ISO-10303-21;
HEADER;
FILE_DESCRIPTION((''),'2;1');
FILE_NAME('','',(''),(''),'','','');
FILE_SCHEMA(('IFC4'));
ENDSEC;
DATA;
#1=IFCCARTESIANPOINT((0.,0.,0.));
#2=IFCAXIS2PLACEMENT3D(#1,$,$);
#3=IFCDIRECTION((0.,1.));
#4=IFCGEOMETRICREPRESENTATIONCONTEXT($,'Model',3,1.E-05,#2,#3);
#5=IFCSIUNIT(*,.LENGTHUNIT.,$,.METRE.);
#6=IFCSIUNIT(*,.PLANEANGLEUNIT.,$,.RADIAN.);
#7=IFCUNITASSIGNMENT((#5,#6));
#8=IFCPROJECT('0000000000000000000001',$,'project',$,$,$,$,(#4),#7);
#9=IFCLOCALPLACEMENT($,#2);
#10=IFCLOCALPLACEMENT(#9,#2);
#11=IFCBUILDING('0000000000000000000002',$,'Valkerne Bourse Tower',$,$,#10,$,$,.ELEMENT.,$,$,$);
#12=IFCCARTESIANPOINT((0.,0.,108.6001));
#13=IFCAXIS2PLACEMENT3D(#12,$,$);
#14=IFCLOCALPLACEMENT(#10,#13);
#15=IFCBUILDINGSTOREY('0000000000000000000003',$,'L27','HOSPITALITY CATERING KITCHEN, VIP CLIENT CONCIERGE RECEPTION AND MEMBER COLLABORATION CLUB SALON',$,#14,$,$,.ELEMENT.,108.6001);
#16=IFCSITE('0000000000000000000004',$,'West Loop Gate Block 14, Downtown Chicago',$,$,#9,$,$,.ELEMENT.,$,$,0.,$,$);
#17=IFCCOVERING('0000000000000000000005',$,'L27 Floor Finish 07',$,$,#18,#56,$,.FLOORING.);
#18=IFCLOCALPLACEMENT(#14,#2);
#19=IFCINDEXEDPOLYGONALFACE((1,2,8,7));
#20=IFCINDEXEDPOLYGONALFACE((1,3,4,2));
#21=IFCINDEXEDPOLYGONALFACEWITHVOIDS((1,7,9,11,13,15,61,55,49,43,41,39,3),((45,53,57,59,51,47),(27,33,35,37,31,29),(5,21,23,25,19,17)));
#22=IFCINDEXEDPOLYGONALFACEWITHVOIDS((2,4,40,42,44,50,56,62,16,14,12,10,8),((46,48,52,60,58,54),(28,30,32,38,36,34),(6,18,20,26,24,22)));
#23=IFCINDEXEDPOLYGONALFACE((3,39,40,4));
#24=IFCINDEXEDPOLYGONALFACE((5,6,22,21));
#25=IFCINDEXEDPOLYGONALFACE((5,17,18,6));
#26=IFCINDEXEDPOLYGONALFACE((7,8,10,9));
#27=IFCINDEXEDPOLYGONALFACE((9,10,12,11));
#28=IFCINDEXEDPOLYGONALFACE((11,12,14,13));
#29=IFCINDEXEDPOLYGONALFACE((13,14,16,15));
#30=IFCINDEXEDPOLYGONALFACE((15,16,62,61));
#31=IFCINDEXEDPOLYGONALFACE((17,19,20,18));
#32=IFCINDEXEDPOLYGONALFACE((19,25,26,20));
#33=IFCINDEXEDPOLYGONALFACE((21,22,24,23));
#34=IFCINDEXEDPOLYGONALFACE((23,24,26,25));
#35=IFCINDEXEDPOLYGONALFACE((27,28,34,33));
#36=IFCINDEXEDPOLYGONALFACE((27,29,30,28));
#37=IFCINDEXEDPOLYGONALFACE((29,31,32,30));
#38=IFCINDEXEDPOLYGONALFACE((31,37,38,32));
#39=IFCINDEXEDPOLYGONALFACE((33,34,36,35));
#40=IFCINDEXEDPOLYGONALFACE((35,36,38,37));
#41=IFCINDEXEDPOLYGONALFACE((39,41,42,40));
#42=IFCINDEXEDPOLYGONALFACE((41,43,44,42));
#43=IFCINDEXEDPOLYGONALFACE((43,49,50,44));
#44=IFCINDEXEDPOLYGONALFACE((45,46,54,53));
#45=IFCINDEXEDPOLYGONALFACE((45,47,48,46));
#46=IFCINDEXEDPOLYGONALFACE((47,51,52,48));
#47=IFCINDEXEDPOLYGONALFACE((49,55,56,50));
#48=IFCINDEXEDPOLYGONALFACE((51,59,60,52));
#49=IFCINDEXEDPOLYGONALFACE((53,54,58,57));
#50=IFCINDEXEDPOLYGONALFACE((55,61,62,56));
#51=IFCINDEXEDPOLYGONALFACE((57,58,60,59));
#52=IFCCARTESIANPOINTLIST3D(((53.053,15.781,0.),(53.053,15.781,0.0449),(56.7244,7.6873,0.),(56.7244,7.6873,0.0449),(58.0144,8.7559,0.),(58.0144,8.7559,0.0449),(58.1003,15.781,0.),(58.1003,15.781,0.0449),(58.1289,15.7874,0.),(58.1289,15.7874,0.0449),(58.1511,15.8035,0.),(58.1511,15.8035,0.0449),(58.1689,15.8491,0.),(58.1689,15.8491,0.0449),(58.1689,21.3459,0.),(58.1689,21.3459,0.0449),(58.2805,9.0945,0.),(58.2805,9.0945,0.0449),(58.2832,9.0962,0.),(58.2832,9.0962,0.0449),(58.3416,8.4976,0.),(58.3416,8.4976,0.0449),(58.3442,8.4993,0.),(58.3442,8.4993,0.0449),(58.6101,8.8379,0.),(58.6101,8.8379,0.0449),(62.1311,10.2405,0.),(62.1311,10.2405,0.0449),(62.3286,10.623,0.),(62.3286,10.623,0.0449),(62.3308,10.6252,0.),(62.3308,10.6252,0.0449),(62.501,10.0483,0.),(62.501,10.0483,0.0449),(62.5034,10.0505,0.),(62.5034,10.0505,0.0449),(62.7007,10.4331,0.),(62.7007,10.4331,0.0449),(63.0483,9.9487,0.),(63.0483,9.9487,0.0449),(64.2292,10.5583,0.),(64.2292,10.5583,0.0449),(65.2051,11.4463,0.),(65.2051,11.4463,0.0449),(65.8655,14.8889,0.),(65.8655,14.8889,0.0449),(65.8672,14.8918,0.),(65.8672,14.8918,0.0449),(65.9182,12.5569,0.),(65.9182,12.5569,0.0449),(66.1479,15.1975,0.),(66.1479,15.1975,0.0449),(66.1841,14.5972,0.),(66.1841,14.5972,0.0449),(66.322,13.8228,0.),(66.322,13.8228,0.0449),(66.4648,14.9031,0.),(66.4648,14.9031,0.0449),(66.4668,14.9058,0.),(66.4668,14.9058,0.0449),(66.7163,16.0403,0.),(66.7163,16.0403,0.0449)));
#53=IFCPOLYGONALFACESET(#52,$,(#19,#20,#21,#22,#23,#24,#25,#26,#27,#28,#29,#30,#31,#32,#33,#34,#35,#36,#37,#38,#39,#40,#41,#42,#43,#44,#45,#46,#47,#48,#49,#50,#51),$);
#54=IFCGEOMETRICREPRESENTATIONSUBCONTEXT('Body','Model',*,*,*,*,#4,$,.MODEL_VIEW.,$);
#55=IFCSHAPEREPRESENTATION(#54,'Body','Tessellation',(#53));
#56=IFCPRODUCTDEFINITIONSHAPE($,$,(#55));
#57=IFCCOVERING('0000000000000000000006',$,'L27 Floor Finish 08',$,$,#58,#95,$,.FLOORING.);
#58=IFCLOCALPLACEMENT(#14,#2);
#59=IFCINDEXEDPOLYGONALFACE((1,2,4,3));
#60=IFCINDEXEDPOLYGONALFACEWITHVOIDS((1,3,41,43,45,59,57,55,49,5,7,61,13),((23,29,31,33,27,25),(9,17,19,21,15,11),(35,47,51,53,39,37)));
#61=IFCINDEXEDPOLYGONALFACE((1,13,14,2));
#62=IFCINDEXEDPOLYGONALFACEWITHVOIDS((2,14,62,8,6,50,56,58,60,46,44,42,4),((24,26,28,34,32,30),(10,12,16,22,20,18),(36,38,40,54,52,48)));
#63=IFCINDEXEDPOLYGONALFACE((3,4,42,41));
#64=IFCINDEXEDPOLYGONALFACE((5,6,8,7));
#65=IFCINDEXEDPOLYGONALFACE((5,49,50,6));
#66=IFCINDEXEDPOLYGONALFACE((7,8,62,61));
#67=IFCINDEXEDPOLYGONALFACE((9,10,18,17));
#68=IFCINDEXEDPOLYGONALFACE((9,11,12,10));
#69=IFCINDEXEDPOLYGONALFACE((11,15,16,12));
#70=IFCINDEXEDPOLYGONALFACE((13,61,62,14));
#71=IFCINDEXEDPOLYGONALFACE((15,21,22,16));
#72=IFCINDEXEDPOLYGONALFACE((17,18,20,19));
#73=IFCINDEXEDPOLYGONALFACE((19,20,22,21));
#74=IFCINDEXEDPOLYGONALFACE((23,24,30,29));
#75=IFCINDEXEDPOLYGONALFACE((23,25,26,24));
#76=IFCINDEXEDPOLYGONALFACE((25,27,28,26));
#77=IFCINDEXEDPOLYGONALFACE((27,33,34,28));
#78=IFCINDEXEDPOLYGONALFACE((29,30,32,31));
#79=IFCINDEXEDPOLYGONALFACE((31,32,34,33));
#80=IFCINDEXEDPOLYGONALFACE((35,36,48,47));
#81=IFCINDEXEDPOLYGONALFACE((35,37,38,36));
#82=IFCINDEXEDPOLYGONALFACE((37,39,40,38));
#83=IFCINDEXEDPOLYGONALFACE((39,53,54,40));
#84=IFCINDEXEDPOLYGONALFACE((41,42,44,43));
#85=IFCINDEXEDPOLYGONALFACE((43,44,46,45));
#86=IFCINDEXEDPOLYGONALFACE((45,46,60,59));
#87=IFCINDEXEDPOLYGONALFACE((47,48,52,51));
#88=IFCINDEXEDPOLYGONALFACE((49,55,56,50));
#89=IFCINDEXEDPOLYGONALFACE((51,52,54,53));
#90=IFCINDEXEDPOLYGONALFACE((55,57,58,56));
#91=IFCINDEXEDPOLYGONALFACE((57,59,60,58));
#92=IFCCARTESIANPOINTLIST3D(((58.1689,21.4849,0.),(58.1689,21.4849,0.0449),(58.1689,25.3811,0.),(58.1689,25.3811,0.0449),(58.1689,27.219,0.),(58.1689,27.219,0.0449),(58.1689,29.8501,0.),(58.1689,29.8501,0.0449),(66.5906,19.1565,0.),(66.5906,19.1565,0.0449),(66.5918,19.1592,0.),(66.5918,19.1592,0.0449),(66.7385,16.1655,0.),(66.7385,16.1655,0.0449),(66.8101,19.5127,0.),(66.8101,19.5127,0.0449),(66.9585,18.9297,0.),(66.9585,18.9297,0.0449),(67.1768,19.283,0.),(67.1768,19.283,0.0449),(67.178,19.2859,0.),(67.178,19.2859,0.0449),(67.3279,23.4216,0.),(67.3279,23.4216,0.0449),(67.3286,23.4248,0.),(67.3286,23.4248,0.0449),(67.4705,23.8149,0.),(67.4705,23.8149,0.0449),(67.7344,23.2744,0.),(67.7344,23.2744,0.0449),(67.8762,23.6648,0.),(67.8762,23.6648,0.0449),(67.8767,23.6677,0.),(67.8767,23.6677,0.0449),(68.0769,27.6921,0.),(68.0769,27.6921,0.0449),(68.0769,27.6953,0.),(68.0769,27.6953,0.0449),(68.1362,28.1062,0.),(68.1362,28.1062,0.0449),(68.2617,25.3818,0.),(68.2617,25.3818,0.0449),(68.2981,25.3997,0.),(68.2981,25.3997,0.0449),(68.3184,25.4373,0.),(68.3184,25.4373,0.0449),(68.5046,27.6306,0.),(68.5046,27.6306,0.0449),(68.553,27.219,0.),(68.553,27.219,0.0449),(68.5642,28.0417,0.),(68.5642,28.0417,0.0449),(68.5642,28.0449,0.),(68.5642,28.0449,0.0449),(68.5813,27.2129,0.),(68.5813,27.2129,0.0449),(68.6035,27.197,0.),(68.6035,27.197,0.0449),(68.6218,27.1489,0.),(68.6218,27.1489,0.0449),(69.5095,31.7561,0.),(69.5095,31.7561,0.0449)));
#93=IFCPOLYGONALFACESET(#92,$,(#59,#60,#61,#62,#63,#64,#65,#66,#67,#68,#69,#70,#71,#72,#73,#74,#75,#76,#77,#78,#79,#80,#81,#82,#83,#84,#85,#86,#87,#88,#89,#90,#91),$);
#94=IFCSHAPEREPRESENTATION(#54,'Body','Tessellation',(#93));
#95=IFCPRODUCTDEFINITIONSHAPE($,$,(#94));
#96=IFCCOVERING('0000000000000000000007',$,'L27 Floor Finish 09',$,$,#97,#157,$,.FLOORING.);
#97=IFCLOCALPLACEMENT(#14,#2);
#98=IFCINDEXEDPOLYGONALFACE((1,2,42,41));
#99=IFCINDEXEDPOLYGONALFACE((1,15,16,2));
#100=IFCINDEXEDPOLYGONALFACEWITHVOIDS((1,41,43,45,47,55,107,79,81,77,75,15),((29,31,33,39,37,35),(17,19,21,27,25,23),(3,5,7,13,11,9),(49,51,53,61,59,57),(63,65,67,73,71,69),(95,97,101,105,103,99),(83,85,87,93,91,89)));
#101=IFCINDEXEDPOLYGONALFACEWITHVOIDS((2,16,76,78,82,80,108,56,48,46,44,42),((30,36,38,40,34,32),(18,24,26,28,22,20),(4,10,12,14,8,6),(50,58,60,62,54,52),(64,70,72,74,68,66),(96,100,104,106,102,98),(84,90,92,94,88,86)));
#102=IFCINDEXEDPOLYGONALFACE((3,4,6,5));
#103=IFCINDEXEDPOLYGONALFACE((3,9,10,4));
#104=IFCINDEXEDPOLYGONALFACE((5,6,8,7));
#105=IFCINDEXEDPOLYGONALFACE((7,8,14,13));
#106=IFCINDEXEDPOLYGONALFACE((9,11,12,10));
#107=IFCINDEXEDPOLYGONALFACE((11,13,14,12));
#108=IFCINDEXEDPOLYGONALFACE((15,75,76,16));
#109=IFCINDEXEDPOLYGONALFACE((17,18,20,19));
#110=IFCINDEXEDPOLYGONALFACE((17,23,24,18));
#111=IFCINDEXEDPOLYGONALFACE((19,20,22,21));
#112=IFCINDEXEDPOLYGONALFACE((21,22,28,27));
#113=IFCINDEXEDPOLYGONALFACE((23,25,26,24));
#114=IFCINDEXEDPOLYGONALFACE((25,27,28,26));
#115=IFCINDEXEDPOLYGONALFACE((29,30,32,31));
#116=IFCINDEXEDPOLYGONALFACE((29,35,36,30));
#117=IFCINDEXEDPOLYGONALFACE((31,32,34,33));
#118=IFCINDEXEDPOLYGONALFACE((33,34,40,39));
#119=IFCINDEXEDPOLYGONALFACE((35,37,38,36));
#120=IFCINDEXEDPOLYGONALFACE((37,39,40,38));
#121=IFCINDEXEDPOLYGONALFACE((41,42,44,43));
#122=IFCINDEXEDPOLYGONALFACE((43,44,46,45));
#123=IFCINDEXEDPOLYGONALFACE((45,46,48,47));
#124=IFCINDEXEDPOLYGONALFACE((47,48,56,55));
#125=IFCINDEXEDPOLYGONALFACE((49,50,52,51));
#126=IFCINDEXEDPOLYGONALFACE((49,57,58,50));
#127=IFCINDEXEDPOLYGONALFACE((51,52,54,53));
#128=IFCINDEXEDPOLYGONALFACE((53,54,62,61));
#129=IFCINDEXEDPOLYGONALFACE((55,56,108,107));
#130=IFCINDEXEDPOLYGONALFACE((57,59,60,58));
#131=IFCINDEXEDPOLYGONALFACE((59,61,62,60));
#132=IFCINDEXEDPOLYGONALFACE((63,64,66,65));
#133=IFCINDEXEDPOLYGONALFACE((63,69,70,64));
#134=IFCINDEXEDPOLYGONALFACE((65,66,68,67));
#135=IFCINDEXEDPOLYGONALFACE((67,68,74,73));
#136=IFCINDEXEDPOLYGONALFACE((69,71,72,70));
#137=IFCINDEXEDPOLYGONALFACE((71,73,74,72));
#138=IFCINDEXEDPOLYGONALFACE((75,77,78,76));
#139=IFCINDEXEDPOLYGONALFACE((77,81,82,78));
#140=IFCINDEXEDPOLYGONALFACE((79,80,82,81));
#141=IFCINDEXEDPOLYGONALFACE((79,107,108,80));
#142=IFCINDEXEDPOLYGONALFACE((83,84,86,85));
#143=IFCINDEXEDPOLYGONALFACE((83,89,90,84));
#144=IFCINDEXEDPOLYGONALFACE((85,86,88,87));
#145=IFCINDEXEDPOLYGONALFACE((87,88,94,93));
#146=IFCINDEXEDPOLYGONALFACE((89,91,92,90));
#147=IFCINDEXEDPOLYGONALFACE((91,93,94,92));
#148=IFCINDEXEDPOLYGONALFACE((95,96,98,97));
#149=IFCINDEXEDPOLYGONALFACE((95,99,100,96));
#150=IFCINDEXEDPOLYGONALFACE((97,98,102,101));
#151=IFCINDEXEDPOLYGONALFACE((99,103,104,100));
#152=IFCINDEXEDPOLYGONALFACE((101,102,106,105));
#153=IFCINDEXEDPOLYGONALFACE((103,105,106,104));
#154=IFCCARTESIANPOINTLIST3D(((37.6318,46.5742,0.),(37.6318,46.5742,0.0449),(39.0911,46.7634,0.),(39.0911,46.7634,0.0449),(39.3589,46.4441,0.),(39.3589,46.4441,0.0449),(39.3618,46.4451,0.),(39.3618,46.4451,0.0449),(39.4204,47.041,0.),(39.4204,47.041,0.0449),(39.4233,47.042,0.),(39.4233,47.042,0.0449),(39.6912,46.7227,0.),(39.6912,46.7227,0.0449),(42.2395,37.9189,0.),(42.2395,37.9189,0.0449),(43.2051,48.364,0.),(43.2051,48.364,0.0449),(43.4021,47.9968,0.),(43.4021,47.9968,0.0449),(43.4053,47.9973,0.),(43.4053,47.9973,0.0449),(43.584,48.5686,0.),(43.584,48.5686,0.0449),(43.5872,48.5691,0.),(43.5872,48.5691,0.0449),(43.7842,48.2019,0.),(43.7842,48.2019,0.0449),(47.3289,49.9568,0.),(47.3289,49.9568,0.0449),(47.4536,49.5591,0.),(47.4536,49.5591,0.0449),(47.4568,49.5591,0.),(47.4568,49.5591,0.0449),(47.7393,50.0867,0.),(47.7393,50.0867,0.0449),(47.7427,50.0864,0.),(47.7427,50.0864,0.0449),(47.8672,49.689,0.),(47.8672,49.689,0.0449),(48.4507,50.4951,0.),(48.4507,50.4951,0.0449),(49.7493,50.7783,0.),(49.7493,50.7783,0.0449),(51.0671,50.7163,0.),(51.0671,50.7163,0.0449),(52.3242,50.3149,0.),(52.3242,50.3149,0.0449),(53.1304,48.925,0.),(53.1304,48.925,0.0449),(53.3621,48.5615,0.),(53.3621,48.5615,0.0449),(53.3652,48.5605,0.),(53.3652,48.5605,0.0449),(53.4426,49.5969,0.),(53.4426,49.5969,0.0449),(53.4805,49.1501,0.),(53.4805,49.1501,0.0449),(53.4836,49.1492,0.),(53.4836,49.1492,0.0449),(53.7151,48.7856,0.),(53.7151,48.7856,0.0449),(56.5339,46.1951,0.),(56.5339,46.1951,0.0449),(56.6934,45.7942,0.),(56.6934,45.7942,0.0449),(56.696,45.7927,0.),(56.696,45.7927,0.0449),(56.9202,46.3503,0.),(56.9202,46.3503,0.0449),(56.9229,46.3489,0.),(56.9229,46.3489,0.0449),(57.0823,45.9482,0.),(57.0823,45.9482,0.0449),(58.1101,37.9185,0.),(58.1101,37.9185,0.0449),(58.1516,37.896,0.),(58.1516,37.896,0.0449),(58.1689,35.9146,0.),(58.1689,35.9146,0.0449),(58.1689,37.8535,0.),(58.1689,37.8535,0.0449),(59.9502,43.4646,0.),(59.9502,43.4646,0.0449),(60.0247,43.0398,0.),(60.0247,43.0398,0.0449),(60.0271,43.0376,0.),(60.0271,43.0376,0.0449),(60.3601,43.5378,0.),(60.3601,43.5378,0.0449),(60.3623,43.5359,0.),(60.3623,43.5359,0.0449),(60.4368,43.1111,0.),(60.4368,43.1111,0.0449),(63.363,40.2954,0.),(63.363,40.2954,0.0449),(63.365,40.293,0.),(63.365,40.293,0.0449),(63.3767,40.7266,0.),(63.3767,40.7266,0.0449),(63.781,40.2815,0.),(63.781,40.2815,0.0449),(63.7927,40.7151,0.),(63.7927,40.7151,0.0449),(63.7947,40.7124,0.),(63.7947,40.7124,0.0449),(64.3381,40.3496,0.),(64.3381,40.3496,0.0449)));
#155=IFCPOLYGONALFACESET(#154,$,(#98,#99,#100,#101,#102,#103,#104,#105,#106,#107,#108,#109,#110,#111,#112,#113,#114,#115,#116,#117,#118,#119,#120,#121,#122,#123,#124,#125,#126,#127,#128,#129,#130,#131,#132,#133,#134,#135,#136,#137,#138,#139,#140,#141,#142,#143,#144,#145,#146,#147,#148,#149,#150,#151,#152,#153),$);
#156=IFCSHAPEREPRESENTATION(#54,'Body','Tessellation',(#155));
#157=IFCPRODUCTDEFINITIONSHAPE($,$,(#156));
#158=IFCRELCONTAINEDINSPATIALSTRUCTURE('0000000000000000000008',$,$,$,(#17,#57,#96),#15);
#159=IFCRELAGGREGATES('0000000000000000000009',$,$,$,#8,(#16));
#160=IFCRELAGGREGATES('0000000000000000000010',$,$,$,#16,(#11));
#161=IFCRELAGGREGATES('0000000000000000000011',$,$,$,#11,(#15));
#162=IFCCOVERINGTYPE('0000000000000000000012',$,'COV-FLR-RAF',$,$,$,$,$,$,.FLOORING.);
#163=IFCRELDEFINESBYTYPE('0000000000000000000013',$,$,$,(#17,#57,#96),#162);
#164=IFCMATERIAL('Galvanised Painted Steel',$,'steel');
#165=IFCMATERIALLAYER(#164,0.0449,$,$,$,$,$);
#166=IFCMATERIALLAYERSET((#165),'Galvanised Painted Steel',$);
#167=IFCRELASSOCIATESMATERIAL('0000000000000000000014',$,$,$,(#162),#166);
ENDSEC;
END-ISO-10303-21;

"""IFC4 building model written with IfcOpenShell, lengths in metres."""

from ifc_helpers import new_model, si_unit, direction, frame, origin, place, context, subcontext, project, spatial, polyline, outline, extrude, material, layer, layer_set, type_object, element, save


model = new_model("IFC4")

# Units and contexts
model_context = context("Model", 3, precision=1e-05, world=origin(), true_north=direction((0.0, 1.0)))
body_context = subcontext(model_context, "Body", "Model", "MODEL_VIEW")
ifc_project = project(units=[si_unit("LENGTHUNIT", "METRE"), si_unit("PLANEANGLEUNIT", "RADIAN")], contexts=[model_context])

# Site, building, storey
site_placement = place(None, origin())
site = spatial("IfcSite", under=ifc_project, at=site_placement, Name="West Loop Gate Block 14, Downtown Chicago", CompositionType="ELEMENT", RefElevation=0.0)
building_placement = place(site_placement, origin())
building = spatial("IfcBuilding", under=site, at=building_placement, Name="Valkerne Bourse Tower", CompositionType="ELEMENT")
storey_placement = place(building_placement, frame((0.0, 0.0, 108.6001)))
storey = spatial("IfcBuildingStorey", under=building, at=storey_placement, Name="L27", Description="HOSPITALITY CATERING KITCHEN, VIP CLIENT CONCIERGE RECEPTION AND MEMBER COLLABORATION CLUB SALON", CompositionType="ELEMENT", Elevation=108.6001)

# Coverings
ifc_material_1 = material(Name="Galvanised Painted Steel", Category="steel")
ifc_layer_1 = layer(ifc_material_1, 0.0449)
ifc_layer_set_1 = layer_set([ifc_layer_1], Name="Galvanised Painted Steel")
covering_type_1 = type_object("IfcCoveringType", Name="COV-FLR-RAF", PredefinedType="FLOORING", material=ifc_layer_set_1)
covering_1_placement = place(storey_placement, origin())
element("IfcCovering", 1, at=covering_1_placement, inside=storey, type_object=covering_type_1, Name="L27 Floor Finish 07", PredefinedType="FLOORING", context=body_context, shape_type="SweptSolid", body=[
    extrude(outline(polyline([(64.2292, 10.5583), (63.0483, 9.9487), (56.7244, 7.6873), (53.053, 15.781), (58.1003, 15.781), (58.1289, 15.7874), (58.1511, 15.8035), (58.1689, 15.8491), (58.1689, 21.3459), (66.7163, 16.0403), (66.322, 13.8228), (65.9182, 12.5569), (65.2051, 11.4463), (64.2292, 10.5583)]), holes=[polyline([(58.3442, 8.4993), (58.6101, 8.8379), (58.2832, 9.0962), (58.2805, 9.0945), (58.0144, 8.7559), (58.3416, 8.4976), (58.3442, 8.4993)]), polyline([(62.5034, 10.0505), (62.7007, 10.4331), (62.3308, 10.6252), (62.3286, 10.623), (62.1311, 10.2405), (62.501, 10.0483), (62.5034, 10.0505)]), polyline([(66.4668, 14.9058), (66.1479, 15.1975), (65.8672, 14.8918), (65.8655, 14.8889), (66.1841, 14.5972), (66.4648, 14.9031), (66.4668, 14.9058)])]), origin(), (0.0, 0.0, 1.0), 0.0449),
])
covering_2_placement = place(storey_placement, origin())
element("IfcCovering", 2, at=covering_2_placement, inside=storey, type_object=covering_type_1, Name="L27 Floor Finish 08", PredefinedType="FLOORING", context=body_context, shape_type="SweptSolid", body=[
    extrude(outline(polyline([(58.1689, 25.3811), (68.2617, 25.3818), (68.2981, 25.3997), (68.3184, 25.4373), (68.6218, 27.1489), (68.6035, 27.197), (68.5813, 27.2129), (68.553, 27.219), (58.1689, 27.219), (58.1689, 29.8501), (69.5095, 31.7561), (66.7385, 16.1655), (58.1689, 21.4849), (58.1689, 25.3811)]), holes=[polyline([(67.178, 19.2859), (66.8101, 19.5127), (66.5918, 19.1592), (66.5906, 19.1565), (66.9585, 18.9297), (67.1768, 19.283), (67.178, 19.2859)]), polyline([(67.8767, 23.6677), (67.4705, 23.8149), (67.3286, 23.4248), (67.3279, 23.4216), (67.7344, 23.2744), (67.8762, 23.6648), (67.8767, 23.6677)]), polyline([(68.5642, 28.0417), (68.5642, 28.0449), (68.1362, 28.1062), (68.0769, 27.6953), (68.0769, 27.6921), (68.5046, 27.6306), (68.5642, 28.0417)])]), origin(), (0.0, 0.0, 1.0), 0.0449),
])
covering_3_placement = place(storey_placement, origin())
element("IfcCovering", 3, at=covering_3_placement, inside=storey, type_object=covering_type_1, Name="L27 Floor Finish 09", PredefinedType="FLOORING", context=body_context, shape_type="SweptSolid", body=[
    extrude(outline(polyline([(51.0671, 50.7163), (52.3242, 50.3149), (53.4426, 49.5969), (64.3381, 40.3496), (58.1689, 35.9146), (58.1689, 37.8535), (58.1516, 37.896), (58.1101, 37.9185), (42.2395, 37.9189), (37.6318, 46.5742), (48.4507, 50.4951), (49.7493, 50.7783), (51.0671, 50.7163)]), holes=[polyline([(39.3618, 46.4451), (39.6912, 46.7227), (39.4233, 47.042), (39.4204, 47.041), (39.0911, 46.7634), (39.3589, 46.4441), (39.3618, 46.4451)]), polyline([(43.7842, 48.2019), (43.5872, 48.5691), (43.584, 48.5686), (43.2051, 48.364), (43.4021, 47.9968), (43.4053, 47.9973), (43.7842, 48.2019)]), polyline([(53.4836, 49.1492), (53.4805, 49.1501), (53.1304, 48.925), (53.3621, 48.5615), (53.3652, 48.5605), (53.7151, 48.7856), (53.4836, 49.1492)]), polyline([(47.7427, 50.0864), (47.7393, 50.0867), (47.3289, 49.9568), (47.4536, 49.5591), (47.4568, 49.5591), (47.8672, 49.689), (47.7427, 50.0864)]), polyline([(63.7947, 40.7124), (63.7927, 40.7151), (63.3767, 40.7266), (63.363, 40.2954), (63.365, 40.293), (63.781, 40.2815), (63.7947, 40.7124)]), polyline([(60.3623, 43.5359), (60.3601, 43.5378), (59.9502, 43.4646), (60.0247, 43.0398), (60.0271, 43.0376), (60.4368, 43.1111), (60.3623, 43.5359)]), polyline([(57.0823, 45.9482), (56.9229, 46.3489), (56.9202, 46.3503), (56.5339, 46.1951), (56.6934, 45.7942), (56.696, 45.7927), (57.0823, 45.9482)])]), origin(), (0.0, 0.0, 1.0), 0.0449),
])

save(model, "model.ifc")
